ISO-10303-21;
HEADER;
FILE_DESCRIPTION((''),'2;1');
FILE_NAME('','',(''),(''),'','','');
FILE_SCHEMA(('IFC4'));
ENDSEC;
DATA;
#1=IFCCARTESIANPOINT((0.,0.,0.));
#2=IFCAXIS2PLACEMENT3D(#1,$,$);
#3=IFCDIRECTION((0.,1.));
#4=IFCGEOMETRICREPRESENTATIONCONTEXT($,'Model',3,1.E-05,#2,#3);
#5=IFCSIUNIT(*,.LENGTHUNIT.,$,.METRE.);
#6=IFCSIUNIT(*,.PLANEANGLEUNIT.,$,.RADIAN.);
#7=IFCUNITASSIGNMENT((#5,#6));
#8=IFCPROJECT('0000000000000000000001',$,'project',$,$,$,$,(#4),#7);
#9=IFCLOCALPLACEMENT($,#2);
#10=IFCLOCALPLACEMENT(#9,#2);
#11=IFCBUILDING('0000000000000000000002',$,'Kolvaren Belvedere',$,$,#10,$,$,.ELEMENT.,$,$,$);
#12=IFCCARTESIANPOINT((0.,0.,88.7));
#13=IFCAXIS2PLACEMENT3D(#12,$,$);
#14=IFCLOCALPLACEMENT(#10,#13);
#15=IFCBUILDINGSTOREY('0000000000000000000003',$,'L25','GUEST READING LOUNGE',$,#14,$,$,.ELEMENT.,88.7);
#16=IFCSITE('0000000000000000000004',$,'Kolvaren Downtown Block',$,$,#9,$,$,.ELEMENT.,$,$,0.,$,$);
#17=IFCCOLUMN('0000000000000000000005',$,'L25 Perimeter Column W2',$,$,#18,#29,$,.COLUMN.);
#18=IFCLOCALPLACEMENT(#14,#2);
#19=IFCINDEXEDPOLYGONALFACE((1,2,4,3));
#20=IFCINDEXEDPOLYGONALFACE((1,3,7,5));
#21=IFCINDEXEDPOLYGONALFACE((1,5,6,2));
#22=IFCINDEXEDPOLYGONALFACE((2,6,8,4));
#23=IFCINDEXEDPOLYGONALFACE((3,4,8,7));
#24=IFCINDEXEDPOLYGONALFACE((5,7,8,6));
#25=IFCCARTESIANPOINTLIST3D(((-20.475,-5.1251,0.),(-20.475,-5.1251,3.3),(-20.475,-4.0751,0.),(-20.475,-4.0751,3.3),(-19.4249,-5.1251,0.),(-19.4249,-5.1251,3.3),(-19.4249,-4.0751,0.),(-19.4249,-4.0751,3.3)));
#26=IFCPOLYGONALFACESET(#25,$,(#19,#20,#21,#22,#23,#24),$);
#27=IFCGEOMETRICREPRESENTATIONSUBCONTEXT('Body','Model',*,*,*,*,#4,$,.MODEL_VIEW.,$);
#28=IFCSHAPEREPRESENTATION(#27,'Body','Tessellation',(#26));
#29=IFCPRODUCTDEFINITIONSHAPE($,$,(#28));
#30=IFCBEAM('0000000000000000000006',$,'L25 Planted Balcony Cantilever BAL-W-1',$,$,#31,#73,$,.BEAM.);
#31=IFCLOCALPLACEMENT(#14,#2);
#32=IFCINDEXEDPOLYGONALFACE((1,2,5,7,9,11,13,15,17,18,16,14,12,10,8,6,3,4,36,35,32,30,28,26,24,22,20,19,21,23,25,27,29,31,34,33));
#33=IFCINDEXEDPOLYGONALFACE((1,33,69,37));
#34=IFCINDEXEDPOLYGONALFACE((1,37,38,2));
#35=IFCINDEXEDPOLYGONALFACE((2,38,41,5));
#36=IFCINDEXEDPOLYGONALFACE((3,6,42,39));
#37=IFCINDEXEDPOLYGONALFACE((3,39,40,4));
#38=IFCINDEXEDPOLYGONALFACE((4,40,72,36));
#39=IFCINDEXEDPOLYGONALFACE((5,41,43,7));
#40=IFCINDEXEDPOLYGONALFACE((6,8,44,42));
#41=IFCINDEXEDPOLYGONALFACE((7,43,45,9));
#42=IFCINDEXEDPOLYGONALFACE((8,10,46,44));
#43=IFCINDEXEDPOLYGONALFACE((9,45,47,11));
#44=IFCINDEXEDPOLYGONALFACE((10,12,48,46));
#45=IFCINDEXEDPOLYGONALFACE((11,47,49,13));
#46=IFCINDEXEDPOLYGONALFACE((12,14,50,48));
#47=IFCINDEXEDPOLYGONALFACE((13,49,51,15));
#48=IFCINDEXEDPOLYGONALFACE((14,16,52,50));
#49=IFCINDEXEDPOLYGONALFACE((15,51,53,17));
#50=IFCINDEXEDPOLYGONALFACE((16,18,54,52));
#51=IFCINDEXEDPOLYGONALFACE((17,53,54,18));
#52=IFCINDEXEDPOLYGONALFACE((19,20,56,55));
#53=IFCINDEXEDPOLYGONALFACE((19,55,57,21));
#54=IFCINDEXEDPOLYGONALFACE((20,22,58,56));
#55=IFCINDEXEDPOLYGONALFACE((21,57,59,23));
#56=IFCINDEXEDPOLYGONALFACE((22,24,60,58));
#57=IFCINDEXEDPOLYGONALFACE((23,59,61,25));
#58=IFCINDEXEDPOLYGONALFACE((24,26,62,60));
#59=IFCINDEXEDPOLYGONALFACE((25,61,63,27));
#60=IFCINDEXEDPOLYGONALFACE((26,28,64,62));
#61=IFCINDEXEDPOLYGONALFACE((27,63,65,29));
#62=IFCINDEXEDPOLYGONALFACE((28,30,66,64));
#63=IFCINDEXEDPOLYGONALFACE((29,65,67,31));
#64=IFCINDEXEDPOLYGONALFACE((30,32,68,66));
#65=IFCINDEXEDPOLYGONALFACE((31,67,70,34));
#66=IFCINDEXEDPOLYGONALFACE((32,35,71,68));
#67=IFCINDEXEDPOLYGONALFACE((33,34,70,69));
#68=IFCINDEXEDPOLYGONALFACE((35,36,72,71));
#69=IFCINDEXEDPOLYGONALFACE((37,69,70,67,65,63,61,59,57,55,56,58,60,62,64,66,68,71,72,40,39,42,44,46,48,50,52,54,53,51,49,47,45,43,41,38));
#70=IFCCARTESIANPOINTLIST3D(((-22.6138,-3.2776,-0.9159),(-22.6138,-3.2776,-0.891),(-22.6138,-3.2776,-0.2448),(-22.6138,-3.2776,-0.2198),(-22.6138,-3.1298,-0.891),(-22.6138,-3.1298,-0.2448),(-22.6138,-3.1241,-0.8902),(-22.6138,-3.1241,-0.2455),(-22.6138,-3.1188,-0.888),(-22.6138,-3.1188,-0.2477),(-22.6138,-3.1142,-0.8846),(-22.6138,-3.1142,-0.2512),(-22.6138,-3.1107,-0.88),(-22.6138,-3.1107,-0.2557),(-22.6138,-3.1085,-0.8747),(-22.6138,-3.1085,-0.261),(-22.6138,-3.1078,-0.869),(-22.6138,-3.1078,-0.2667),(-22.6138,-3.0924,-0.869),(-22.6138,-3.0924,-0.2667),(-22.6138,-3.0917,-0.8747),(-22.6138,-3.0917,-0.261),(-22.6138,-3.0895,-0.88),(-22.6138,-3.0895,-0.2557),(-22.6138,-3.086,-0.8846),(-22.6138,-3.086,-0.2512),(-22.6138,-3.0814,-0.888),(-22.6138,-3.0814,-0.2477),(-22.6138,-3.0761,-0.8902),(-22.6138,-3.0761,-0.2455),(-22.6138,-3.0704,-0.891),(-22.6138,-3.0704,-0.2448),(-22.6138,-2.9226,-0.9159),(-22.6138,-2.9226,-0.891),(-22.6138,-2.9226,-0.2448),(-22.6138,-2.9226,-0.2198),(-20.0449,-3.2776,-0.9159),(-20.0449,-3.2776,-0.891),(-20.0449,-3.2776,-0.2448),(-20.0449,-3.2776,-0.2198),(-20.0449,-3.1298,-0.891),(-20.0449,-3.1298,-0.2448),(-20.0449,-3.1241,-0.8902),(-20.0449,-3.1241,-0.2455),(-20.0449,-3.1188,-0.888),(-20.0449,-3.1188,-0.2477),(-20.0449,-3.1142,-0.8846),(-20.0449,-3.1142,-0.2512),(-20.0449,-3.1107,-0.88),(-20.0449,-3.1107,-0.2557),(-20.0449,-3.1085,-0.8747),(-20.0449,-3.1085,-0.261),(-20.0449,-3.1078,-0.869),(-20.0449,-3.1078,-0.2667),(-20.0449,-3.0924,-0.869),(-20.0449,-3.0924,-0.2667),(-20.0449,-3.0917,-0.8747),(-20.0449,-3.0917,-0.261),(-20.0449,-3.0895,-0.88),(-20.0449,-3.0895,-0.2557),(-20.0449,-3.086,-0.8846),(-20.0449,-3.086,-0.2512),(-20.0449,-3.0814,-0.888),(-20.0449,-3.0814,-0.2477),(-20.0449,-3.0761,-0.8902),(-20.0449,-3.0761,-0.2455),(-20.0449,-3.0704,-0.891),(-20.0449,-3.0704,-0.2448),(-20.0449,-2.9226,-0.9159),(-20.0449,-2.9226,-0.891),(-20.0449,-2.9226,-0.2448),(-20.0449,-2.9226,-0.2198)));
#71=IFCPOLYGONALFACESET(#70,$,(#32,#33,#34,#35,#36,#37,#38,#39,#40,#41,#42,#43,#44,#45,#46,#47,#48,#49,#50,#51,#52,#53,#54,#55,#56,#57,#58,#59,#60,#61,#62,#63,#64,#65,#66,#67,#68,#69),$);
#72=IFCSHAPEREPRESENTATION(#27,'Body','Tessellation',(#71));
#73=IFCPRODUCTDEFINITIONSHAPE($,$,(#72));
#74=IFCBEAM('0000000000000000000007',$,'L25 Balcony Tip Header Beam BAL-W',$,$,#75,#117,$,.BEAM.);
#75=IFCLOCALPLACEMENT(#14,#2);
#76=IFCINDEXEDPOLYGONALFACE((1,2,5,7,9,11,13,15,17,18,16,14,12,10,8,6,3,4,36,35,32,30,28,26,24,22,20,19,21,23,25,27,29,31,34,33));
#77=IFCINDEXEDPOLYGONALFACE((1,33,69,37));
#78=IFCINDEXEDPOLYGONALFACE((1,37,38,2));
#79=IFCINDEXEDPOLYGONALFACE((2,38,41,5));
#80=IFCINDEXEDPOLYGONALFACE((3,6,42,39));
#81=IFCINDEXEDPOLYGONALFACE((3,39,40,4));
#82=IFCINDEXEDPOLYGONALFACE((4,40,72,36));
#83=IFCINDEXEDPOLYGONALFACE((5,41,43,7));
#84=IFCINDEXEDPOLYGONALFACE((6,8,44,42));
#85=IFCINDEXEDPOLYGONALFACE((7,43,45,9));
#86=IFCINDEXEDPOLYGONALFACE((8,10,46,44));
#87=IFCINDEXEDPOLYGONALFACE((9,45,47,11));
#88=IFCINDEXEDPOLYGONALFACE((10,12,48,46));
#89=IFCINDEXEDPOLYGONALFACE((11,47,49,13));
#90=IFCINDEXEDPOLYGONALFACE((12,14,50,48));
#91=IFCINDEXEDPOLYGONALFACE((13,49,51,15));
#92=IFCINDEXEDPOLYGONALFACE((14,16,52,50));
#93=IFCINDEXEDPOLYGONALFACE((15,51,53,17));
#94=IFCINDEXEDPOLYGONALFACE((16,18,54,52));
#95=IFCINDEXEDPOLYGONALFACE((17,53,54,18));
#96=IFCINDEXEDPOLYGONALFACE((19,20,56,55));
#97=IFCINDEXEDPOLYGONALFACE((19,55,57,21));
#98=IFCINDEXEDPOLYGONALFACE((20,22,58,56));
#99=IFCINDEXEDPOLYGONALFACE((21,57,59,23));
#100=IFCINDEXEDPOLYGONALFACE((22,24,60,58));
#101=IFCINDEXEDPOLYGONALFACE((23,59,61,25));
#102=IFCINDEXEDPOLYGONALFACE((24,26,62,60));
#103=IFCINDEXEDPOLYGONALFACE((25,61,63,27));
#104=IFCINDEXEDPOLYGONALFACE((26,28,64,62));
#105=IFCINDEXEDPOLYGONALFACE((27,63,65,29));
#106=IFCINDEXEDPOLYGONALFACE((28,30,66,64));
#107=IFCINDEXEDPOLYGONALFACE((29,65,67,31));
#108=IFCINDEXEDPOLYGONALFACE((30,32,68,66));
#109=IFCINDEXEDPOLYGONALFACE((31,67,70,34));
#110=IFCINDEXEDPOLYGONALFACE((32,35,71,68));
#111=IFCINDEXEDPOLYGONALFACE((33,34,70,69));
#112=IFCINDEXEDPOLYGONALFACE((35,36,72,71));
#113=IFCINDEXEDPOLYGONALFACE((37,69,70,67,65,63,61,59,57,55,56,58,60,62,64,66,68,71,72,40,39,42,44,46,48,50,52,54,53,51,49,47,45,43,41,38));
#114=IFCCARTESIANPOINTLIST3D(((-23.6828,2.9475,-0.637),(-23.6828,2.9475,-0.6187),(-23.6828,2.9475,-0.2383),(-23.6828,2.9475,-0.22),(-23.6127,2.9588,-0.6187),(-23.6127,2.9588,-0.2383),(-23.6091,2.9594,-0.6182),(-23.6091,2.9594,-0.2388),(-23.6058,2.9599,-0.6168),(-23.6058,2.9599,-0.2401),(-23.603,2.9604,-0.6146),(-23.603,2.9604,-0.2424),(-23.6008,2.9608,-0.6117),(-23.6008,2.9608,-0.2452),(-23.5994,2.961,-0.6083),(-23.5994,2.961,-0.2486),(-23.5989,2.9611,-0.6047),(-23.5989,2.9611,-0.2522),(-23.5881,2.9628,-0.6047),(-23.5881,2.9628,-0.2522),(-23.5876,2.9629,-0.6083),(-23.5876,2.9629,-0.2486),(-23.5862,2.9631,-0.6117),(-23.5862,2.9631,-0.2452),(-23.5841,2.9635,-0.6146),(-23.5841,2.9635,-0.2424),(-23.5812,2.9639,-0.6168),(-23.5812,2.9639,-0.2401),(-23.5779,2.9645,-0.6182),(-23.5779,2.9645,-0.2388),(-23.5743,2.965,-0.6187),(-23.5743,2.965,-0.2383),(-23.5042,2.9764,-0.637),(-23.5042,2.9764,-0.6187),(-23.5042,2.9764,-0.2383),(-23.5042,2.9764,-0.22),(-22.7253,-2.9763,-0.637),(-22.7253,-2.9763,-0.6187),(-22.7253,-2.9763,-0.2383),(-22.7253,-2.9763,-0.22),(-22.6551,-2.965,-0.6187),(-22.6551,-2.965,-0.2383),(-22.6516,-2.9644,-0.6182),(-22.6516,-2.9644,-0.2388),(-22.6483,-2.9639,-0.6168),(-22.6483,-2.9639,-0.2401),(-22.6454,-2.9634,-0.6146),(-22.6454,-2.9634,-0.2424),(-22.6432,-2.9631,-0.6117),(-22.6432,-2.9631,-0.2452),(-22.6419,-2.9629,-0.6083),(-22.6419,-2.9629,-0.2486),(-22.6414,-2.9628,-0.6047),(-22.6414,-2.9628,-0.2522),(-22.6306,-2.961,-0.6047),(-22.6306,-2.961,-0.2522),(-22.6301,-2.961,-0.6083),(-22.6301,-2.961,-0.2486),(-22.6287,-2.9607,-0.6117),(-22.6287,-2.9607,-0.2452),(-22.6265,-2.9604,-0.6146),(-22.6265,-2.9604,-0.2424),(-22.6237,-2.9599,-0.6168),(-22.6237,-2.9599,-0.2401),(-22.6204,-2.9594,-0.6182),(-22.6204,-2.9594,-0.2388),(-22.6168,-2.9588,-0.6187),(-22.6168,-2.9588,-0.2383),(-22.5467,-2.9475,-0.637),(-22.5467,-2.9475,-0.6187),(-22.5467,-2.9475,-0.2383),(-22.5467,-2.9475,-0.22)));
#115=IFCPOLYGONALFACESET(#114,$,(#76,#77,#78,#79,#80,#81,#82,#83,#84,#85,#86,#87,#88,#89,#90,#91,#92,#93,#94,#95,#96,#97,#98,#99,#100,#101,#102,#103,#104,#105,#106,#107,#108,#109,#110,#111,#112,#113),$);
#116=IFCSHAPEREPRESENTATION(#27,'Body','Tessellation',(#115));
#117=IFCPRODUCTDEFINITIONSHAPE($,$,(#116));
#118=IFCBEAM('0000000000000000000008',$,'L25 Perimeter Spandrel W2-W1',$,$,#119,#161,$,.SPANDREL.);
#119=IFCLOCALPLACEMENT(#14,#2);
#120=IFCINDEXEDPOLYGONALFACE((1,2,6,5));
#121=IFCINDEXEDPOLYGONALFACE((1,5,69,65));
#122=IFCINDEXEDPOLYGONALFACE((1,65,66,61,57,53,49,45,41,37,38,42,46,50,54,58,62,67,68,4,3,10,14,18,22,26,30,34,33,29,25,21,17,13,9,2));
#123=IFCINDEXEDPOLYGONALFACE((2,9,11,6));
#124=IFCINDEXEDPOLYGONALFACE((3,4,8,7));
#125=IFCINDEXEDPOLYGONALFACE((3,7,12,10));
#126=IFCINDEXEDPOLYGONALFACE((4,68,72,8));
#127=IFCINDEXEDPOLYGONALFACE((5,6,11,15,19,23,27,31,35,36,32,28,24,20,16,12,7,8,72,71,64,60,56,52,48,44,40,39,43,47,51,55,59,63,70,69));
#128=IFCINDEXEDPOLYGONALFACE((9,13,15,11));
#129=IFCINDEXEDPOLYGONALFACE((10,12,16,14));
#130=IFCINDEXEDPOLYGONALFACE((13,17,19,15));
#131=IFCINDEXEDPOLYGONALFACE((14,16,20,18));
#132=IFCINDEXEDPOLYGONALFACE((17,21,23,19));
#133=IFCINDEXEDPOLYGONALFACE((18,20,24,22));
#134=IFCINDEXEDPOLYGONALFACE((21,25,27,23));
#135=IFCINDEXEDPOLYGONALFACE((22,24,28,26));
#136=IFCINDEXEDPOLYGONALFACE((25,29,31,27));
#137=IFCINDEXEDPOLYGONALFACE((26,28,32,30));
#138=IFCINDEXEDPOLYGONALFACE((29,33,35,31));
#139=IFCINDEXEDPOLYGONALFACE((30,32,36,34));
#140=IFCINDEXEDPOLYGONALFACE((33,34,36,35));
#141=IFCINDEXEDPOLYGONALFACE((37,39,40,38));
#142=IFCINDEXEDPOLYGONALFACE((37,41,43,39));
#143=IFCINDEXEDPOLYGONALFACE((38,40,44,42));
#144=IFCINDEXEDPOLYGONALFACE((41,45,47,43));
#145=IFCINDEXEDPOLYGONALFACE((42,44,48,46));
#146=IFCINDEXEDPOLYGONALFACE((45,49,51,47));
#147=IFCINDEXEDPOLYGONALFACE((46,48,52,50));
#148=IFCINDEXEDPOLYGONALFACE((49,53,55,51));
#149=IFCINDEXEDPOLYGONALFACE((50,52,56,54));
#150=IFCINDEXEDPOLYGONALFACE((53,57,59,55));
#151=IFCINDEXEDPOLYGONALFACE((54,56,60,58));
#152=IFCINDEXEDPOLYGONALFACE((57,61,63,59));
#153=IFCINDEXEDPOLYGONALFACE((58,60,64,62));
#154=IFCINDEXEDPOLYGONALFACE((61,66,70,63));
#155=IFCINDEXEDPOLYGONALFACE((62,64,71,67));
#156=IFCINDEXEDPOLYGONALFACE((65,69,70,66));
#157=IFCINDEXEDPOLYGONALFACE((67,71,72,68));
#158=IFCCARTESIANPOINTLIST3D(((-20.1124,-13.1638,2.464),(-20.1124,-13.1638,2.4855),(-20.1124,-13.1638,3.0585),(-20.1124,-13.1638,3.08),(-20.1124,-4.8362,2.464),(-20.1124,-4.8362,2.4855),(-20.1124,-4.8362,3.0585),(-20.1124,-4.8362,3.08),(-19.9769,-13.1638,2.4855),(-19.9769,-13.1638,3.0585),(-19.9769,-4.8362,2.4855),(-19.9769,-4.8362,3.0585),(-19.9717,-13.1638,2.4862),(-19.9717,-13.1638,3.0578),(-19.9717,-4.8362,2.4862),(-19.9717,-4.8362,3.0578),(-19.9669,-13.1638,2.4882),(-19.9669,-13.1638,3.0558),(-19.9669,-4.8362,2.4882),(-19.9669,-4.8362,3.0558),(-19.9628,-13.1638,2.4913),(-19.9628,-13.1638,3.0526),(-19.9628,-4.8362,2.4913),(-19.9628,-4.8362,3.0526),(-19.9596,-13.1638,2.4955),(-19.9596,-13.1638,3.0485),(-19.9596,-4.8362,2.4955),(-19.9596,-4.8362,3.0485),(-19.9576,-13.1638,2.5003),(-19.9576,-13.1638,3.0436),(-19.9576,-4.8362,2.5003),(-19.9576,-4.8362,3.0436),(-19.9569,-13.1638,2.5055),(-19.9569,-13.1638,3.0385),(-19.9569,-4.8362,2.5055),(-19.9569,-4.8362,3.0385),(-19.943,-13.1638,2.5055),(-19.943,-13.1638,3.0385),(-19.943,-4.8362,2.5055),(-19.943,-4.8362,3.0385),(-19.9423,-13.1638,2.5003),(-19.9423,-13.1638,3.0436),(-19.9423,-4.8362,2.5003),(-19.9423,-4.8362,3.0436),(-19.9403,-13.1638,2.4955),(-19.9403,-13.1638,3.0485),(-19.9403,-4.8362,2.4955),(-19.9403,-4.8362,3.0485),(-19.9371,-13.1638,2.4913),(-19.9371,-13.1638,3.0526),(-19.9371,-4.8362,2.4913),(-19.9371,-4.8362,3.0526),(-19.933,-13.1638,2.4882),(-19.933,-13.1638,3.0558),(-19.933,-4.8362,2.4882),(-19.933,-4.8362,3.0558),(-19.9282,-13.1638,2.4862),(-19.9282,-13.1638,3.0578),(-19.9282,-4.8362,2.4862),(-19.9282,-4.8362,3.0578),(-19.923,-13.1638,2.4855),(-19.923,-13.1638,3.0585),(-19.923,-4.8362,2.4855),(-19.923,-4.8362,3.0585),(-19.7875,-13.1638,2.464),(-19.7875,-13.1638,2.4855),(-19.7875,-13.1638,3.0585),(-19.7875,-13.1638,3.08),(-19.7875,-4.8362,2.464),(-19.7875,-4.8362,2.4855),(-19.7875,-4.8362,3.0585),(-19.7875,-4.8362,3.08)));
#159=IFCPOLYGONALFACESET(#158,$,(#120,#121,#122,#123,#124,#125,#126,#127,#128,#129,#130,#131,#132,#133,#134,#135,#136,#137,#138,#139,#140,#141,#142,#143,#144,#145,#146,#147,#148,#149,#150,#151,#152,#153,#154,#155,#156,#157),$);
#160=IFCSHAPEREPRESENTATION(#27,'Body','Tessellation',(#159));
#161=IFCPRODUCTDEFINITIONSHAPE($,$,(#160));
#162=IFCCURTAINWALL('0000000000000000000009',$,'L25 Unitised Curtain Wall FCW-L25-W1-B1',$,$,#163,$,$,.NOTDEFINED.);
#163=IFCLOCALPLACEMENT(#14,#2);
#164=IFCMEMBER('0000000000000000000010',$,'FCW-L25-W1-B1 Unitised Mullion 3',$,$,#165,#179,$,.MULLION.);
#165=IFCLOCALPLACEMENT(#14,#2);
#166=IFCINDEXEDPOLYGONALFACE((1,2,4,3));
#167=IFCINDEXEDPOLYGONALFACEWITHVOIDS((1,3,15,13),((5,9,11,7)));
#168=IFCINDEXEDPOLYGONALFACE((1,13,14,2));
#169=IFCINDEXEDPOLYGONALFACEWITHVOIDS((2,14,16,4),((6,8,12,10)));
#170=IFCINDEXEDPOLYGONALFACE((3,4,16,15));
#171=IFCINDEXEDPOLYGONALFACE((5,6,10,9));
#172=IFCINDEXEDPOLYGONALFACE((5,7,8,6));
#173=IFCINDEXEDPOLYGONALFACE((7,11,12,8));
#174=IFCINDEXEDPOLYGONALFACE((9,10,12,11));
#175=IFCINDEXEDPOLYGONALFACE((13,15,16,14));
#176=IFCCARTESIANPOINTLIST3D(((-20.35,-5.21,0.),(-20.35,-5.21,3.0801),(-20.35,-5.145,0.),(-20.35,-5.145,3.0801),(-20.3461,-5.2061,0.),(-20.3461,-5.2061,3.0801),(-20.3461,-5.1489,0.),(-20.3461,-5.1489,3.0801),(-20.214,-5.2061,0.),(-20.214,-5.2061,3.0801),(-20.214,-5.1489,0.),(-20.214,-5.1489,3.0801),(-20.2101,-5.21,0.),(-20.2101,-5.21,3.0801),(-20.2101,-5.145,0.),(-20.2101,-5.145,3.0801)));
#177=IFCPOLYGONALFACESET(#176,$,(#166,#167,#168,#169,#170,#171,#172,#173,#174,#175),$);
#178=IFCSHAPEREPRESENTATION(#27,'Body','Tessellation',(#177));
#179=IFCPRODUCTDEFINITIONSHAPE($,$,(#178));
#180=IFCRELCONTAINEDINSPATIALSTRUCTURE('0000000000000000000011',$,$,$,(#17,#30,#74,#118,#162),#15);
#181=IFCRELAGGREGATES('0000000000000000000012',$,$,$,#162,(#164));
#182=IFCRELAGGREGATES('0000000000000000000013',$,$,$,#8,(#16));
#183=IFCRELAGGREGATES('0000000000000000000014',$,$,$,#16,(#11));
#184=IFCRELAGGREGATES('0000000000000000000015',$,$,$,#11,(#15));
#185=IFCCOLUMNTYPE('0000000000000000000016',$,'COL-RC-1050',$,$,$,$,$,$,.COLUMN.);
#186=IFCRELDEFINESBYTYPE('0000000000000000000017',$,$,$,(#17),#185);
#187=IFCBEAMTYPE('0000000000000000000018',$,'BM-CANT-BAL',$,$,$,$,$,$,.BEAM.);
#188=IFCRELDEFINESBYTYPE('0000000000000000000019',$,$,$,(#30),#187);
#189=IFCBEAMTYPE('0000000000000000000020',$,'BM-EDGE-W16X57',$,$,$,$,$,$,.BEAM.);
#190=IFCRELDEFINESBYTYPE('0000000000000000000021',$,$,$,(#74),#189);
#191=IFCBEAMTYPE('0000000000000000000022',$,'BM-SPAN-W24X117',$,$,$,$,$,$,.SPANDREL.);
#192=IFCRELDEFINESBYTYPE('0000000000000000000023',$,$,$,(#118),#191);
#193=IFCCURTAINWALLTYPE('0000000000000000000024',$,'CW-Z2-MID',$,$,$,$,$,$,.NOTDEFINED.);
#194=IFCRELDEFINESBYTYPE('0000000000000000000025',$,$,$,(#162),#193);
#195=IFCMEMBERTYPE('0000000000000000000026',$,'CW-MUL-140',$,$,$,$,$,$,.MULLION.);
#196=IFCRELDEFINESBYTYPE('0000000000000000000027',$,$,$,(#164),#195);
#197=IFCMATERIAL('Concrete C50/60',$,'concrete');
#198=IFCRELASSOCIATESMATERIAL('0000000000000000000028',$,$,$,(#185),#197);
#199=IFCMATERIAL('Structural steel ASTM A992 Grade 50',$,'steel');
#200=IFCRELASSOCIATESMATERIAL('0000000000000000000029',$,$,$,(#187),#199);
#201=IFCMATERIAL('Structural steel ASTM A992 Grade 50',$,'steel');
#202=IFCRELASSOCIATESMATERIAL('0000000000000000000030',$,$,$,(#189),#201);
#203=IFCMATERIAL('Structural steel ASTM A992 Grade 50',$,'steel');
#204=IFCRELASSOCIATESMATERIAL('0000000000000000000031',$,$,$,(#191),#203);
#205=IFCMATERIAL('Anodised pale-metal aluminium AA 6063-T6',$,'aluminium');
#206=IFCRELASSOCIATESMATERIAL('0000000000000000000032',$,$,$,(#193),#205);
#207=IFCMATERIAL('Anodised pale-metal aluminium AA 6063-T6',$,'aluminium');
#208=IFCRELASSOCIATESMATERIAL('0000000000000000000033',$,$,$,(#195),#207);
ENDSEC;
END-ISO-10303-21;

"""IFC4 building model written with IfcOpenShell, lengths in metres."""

from ifc_helpers import new_model, si_unit, direction, frame, origin, origin_2d, place, context, subcontext, project, spatial, rectangle, hollow_rectangle, i_section, extrude, material, material_profile, profile_set, type_object, element, aggregate, save


model = new_model("IFC4")

# Units and contexts
model_context = context("Model", 3, precision=1e-05, world=origin(), true_north=direction((0.0, 1.0)))
body_context = subcontext(model_context, "Body", "Model", "MODEL_VIEW")
ifc_project = project(units=[si_unit("LENGTHUNIT", "METRE"), si_unit("PLANEANGLEUNIT", "RADIAN")], contexts=[model_context])

# Site, building, storey
site_placement = place(None, origin())
site = spatial("IfcSite", under=ifc_project, at=site_placement, Name="Kolvaren Downtown Block", CompositionType="ELEMENT", RefElevation=0.0)
building_placement = place(site_placement, origin())
building = spatial("IfcBuilding", under=site, at=building_placement, Name="Kolvaren Belvedere", CompositionType="ELEMENT")
storey_placement = place(building_placement, frame((0.0, 0.0, 88.7)))
storey = spatial("IfcBuildingStorey", under=building, at=storey_placement, Name="L25", Description="GUEST READING LOUNGE", CompositionType="ELEMENT", Elevation=88.7)

# Column
ifc_material_1 = material(Name="Concrete C50/60", Category="concrete")
ifc_material_profile_1 = material_profile(ifc_material_1, rectangle(XDim=1.05, YDim=1.05, at=origin_2d()), Name="RC 1050X1050")
ifc_profile_set_1 = profile_set([ifc_material_profile_1], Name="Concrete C50/60")
column_type = type_object("IfcColumnType", Name="COL-RC-1050", PredefinedType="COLUMN", material=ifc_profile_set_1)
column_placement = place(storey_placement, frame((-19.95, -4.6001, 0.0), z_axis=(0.0, 0.0, 1.0), x_axis=(1.0, 0.0, 0.0)))
element("IfcColumn", 1, at=column_placement, inside=storey, type_object=column_type, Name="L25 Perimeter Column W2", PredefinedType="COLUMN", context=body_context, shape_type="SweptSolid", body=[
    extrude(rectangle(XDim=1.05, YDim=1.05, at=origin_2d()), origin(), (0.0, 0.0, 1.0), 3.3),
])

# Beams
ifc_material_2 = material(Name="Structural steel ASTM A992 Grade 50", Category="steel")
ifc_material_profile_2 = material_profile(ifc_material_2, i_section(OverallWidth=0.355, OverallDepth=0.696, WebThickness=0.0154, FlangeThickness=0.0249, FilletRadius=0.022, at=origin_2d()), Name="W27X146")
ifc_profile_set_2 = profile_set([ifc_material_profile_2], Name="Structural steel ASTM A992 Grade 50")
beam_type_1 = type_object("IfcBeamType", Name="BM-CANT-BAL", PredefinedType="BEAM", material=ifc_profile_set_2)
beam_1_placement = place(storey_placement, frame((-20.0449, -3.1001, -0.5679), z_axis=(-1.0, 0.0, 0.0), x_axis=(0.0, -1.0, 0.0)))
element("IfcBeam", 2, at=beam_1_placement, inside=storey, type_object=beam_type_1, Name="L25 Planted Balcony Cantilever BAL-W-1", PredefinedType="BEAM", context=body_context, shape_type="SweptSolid", body=[
    extrude(i_section(OverallWidth=0.355, OverallDepth=0.696, WebThickness=0.0154, FlangeThickness=0.0249, FilletRadius=0.022, at=origin_2d()), origin(), (0.0, 0.0, 1.0), 2.5688),
])
ifc_material_3 = material(Name="Structural steel ASTM A992 Grade 50", Category="steel")
ifc_material_profile_3 = material_profile(ifc_material_3, i_section(OverallWidth=0.1809, OverallDepth=0.417, WebThickness=0.011, FlangeThickness=0.0183, FilletRadius=0.0139, at=origin_2d()), Name="W16X57")
ifc_profile_set_3 = profile_set([ifc_material_profile_3], Name="Structural steel ASTM A992 Grade 50")
beam_type_2 = type_object("IfcBeamType", Name="BM-EDGE-W16X57", PredefinedType="BEAM", material=ifc_profile_set_3)
beam_2_placement = place(storey_placement, frame((-22.636, -2.9619, -0.4285), z_axis=(-0.159568, 0.987187, 0.0), x_axis=(-0.987187, -0.159568, 0.0)))
element("IfcBeam", 3, at=beam_2_placement, inside=storey, type_object=beam_type_2, Name="L25 Balcony Tip Header Beam BAL-W", PredefinedType="BEAM", context=body_context, shape_type="SweptSolid", body=[
    extrude(i_section(OverallWidth=0.1809, OverallDepth=0.417, WebThickness=0.011, FlangeThickness=0.0183, FilletRadius=0.0139, at=origin_2d()), origin(), (0.0, 0.0, 1.0), 6.0007),
])
ifc_material_4 = material(Name="Structural steel ASTM A992 Grade 50", Category="steel")
ifc_material_profile_4 = material_profile(ifc_material_4, i_section(OverallWidth=0.325, OverallDepth=0.616, WebThickness=0.0139, FlangeThickness=0.0215, FilletRadius=0.02, at=origin_2d()), Name="W24X117")
ifc_profile_set_4 = profile_set([ifc_material_profile_4], Name="Structural steel ASTM A992 Grade 50")
beam_type_3 = type_object("IfcBeamType", Name="BM-SPAN-W24X117", PredefinedType="SPANDREL", material=ifc_profile_set_4)
beam_3_placement = place(storey_placement, frame((-19.95, -4.8362, 2.772), z_axis=(0.0, -1.0, 0.0), x_axis=(1.0, 0.0, 0.0)))
element("IfcBeam", 4, at=beam_3_placement, inside=storey, type_object=beam_type_3, Name="L25 Perimeter Spandrel W2-W1", PredefinedType="SPANDREL", context=body_context, shape_type="SweptSolid", body=[
    extrude(i_section(OverallWidth=0.325, OverallDepth=0.616, WebThickness=0.0139, FlangeThickness=0.0215, FilletRadius=0.02, at=origin_2d()), origin(), (0.0, 0.0, 1.0), 8.3276),
])

# Curtain wall, member
ifc_material_5 = material(Name="Anodised pale-metal aluminium AA 6063-T6", Category="aluminium")
curtain_wall_type = type_object("IfcCurtainWallType", Name="CW-Z2-MID", PredefinedType="NOTDEFINED", material=ifc_material_5)
curtain_wall_1_placement = place(storey_placement, origin())
curtain_wall_1 = element("IfcCurtainWall", 5, at=curtain_wall_1_placement, inside=storey, type_object=curtain_wall_type, Name="L25 Unitised Curtain Wall FCW-L25-W1-B1", PredefinedType="NOTDEFINED")
ifc_material_6 = material(Name="Anodised pale-metal aluminium AA 6063-T6", Category="aluminium")
ifc_material_profile_5 = material_profile(ifc_material_6, hollow_rectangle(XDim=0.0649, YDim=0.1399, WallThickness=0.0039, at=origin_2d()), Name="ALU-MUL-140X65")
ifc_profile_set_5 = profile_set([ifc_material_profile_5], Name="Anodised pale-metal aluminium AA 6063-T6")
member_type_1 = type_object("IfcMemberType", Name="CW-MUL-140", PredefinedType="MULLION", material=ifc_profile_set_5)
member_1_placement = place(storey_placement, frame((-20.28, -5.1775, 0.0), z_axis=(0.0, 0.0, 1.0), x_axis=(0.0, 1.0, 0.0)))
member_1 = element("IfcMember", 6, at=member_1_placement, type_object=member_type_1, Name="FCW-L25-W1-B1 Unitised Mullion 3", PredefinedType="MULLION", context=body_context, shape_type="SweptSolid", body=[
    extrude(hollow_rectangle(XDim=0.0649, YDim=0.1399, WallThickness=0.0039, at=origin_2d()), origin(), (0.0, 0.0, 1.0), 3.0801),
])
aggregate(curtain_wall_1, [member_1])

save(model, "model.ifc")
